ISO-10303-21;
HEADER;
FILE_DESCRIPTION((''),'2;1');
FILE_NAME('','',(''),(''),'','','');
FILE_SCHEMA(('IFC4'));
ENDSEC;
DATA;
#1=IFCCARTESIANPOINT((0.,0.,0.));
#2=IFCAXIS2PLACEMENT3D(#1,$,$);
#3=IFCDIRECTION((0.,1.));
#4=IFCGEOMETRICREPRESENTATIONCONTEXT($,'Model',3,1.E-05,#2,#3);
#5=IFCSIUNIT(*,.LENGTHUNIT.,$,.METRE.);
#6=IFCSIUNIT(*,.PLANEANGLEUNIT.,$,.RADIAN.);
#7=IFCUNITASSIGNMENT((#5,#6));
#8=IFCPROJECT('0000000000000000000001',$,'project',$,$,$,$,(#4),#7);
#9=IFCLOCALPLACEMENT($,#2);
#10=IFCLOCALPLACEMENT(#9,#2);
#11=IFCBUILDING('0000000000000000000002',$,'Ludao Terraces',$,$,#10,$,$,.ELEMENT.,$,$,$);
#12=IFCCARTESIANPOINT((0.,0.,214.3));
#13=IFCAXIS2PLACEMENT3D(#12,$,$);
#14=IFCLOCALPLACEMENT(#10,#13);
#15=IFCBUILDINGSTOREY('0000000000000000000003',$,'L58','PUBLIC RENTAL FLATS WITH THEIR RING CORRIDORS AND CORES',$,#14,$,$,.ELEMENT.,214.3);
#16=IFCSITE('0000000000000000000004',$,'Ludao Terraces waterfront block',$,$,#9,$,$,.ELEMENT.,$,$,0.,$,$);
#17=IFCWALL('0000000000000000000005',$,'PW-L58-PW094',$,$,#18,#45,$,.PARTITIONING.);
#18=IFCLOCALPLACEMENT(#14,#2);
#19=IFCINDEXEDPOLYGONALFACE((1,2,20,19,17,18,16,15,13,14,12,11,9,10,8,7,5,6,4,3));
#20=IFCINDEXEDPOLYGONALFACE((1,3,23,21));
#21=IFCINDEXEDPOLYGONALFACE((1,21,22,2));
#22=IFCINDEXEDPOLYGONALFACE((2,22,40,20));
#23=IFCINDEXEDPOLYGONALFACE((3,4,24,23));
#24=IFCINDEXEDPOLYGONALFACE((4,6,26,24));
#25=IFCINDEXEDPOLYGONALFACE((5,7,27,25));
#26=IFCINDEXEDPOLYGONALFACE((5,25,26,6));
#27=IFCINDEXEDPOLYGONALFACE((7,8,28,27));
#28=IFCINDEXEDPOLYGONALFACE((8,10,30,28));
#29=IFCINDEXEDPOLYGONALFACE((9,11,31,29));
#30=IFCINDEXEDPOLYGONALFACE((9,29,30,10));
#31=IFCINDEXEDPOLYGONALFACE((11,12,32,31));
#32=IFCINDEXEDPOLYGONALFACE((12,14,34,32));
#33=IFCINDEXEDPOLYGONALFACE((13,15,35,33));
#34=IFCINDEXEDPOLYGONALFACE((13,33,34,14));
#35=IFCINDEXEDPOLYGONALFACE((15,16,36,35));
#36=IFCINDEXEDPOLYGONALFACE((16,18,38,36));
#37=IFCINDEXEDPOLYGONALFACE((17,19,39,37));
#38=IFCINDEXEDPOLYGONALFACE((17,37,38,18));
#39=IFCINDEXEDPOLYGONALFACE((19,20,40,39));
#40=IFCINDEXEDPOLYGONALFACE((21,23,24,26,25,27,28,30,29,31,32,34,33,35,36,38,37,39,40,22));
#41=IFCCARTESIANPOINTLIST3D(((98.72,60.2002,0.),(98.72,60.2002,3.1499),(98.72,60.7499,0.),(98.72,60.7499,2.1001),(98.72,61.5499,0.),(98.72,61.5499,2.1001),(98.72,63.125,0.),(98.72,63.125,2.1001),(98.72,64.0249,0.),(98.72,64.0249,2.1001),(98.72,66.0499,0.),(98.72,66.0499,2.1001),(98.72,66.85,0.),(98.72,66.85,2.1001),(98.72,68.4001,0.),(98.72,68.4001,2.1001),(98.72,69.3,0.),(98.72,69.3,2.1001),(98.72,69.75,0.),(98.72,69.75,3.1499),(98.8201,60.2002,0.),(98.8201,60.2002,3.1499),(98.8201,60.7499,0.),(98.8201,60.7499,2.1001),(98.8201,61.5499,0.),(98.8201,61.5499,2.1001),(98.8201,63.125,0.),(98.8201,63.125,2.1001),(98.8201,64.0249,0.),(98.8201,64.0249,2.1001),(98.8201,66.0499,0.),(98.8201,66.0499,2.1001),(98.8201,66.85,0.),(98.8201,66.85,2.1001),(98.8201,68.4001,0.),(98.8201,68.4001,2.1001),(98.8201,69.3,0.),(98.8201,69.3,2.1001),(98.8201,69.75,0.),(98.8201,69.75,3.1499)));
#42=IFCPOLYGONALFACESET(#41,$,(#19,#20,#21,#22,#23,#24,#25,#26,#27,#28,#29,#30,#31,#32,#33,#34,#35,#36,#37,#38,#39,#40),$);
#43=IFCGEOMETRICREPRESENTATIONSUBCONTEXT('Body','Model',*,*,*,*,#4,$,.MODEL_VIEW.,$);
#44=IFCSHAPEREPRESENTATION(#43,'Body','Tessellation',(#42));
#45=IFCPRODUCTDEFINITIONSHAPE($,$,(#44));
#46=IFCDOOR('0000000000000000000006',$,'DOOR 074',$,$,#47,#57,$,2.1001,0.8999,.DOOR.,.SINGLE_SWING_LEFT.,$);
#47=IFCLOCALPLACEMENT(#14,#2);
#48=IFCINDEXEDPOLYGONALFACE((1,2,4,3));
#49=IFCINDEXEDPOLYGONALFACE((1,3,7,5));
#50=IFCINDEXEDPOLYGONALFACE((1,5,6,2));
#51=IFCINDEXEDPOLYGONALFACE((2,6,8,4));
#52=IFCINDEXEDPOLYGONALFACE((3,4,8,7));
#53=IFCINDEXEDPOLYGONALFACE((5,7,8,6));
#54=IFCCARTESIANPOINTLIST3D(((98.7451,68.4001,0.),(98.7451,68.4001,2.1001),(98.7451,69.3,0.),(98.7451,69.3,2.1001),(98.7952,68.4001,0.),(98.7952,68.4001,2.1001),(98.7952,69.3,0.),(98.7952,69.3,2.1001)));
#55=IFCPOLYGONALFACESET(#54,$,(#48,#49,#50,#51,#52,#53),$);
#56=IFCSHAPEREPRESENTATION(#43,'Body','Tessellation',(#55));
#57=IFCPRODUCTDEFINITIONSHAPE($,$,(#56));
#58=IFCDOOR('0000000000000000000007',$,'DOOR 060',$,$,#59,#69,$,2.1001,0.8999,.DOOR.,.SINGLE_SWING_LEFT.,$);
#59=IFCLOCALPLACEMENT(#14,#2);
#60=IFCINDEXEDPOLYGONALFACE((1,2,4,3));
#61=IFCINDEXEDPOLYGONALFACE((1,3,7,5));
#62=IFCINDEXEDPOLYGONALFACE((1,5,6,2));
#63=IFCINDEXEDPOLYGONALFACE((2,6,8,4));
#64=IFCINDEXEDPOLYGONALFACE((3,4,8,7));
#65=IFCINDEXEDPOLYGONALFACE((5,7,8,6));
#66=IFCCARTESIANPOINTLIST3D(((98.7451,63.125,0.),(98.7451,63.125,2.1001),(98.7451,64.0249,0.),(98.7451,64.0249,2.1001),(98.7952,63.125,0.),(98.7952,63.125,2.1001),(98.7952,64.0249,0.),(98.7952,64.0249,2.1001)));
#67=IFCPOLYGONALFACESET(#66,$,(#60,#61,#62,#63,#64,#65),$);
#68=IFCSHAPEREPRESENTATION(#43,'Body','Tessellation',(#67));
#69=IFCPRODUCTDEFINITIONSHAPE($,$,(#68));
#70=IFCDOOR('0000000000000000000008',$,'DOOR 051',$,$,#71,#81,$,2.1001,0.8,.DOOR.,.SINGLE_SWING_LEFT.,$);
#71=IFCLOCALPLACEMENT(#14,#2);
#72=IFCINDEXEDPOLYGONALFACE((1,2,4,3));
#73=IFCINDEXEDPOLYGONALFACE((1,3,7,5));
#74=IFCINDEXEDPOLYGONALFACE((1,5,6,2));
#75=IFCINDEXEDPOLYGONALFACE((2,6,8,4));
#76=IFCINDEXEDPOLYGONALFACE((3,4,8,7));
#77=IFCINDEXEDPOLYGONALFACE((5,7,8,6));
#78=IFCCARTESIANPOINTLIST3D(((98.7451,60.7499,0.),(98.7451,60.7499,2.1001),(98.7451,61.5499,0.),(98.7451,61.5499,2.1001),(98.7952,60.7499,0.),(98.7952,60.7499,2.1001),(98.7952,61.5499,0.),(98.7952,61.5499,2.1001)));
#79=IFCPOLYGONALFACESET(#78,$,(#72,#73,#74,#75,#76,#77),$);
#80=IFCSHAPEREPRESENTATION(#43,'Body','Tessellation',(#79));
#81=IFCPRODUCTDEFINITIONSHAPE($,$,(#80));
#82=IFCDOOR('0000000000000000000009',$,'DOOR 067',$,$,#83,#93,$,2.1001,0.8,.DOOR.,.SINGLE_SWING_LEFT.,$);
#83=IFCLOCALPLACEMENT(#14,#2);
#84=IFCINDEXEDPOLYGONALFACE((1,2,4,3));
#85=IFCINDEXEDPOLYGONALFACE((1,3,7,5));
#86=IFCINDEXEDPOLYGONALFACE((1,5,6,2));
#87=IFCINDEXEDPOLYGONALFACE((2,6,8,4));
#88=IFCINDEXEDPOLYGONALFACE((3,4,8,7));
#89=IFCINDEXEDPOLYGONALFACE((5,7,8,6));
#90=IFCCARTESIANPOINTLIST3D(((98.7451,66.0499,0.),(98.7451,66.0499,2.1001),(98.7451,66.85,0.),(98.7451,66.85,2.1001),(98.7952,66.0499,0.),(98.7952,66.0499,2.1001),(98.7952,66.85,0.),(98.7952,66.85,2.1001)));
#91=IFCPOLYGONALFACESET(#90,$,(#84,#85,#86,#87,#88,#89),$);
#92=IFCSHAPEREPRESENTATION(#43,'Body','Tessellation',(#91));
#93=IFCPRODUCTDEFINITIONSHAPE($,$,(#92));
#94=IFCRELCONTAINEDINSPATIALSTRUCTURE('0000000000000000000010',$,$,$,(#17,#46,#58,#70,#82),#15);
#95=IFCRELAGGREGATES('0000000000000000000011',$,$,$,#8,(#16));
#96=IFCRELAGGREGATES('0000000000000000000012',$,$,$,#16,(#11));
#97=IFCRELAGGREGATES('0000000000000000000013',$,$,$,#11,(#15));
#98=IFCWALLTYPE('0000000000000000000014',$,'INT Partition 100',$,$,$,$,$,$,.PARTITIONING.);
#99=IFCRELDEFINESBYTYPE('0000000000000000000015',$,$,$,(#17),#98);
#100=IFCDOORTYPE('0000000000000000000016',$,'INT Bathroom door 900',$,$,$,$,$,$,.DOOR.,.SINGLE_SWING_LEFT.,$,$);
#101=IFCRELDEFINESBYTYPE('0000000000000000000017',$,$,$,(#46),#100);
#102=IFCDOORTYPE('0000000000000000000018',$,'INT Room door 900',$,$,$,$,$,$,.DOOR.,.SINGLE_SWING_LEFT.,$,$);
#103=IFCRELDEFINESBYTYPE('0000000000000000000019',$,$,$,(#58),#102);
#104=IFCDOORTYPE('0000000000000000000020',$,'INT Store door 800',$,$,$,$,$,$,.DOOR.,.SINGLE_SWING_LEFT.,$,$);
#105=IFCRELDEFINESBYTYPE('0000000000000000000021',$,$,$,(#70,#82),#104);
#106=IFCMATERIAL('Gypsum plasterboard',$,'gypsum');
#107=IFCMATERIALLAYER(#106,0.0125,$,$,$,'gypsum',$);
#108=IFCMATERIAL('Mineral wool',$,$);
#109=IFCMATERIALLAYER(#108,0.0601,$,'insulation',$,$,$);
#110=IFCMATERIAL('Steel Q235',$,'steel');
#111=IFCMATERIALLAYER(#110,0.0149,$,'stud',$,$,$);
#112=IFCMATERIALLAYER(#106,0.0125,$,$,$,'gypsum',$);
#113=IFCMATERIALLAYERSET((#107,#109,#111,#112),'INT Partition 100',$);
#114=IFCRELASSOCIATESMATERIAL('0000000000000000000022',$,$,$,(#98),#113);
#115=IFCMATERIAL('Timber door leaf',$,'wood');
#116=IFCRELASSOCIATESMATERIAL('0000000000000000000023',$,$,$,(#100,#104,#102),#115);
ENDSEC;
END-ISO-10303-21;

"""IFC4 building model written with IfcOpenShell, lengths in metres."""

from ifc_helpers import new_model, si_unit, direction, frame, frame_2d, origin, place, context, subcontext, project, spatial, rectangle, extrude, material, layer, layer_set, type_object, element, fill, save


model = new_model("IFC4")

# Units and contexts
model_context = context("Model", 3, precision=1e-05, world=origin(), true_north=direction((0.0, 1.0)))
body_context = subcontext(model_context, "Body", "Model", "MODEL_VIEW")
ifc_project = project(units=[si_unit("LENGTHUNIT", "METRE"), si_unit("PLANEANGLEUNIT", "RADIAN")], contexts=[model_context])

# Site, building, storey
site_placement = place(None, origin())
site = spatial("IfcSite", under=ifc_project, at=site_placement, Name="Ludao Terraces waterfront block", CompositionType="ELEMENT", RefElevation=0.0)
building_placement = place(site_placement, origin())
building = spatial("IfcBuilding", under=site, at=building_placement, Name="Ludao Terraces", CompositionType="ELEMENT")
storey_placement = place(building_placement, frame((0.0, 0.0, 214.3)))
storey = spatial("IfcBuildingStorey", under=building, at=storey_placement, Name="L58", Description="PUBLIC RENTAL FLATS WITH THEIR RING CORRIDORS AND CORES", CompositionType="ELEMENT", Elevation=214.3)

# Shared definitions
ifc_material_1 = material(Name="Mineral wool")

# Shared definitions
ifc_material_2 = material(Name="Gypsum plasterboard", Category="gypsum")
ifc_layer_1 = layer(ifc_material_2, 0.0125, Category="gypsum")
ifc_layer_2 = layer(ifc_material_1, 0.0601, Name="insulation")
ifc_material_3 = material(Name="Steel Q235", Category="steel")
ifc_layer_3 = layer(ifc_material_3, 0.0149, Name="stud")
ifc_layer_4 = layer(ifc_material_2, 0.0125, Category="gypsum")
ifc_layer_set_1 = layer_set([ifc_layer_1, ifc_layer_2, ifc_layer_3, ifc_layer_4], Name="INT Partition 100")
wall_type_1 = type_object("IfcWallType", Name="INT Partition 100", PredefinedType="PARTITIONING", material=ifc_layer_set_1)

# Wall, openings, doors
ifc_material_4 = material(Name="Timber door leaf", Category="wood")
door_type_1 = type_object("IfcDoorType", Name="INT Bathroom door 900", OperationType="SINGLE_SWING_LEFT", PredefinedType="DOOR", material=ifc_material_4)
door_type_2 = type_object("IfcDoorType", Name="INT Store door 800", OperationType="SINGLE_SWING_LEFT", PredefinedType="DOOR", material=ifc_material_4)
wall_1_placement = place(storey_placement, frame((98.77, 60.2002, 0.0), z_axis=(0.0, 0.0, 1.0), x_axis=(0.0, 1.0, 0.0)))
wall_1 = element("IfcWall", 1, at=wall_1_placement, inside=storey, type_object=wall_type_1, Name="PW-L58-PW094", PredefinedType="PARTITIONING", context=body_context, shape_type="SweptSolid", body=[
    extrude(rectangle(XDim=9.5498, YDim=0.1001, at=frame_2d((4.7749, 0.0))), origin(), (0.0, 0.0, 1.0), 3.1499),
])
opening_1_placement = place(wall_1_placement, frame((0.5498, 0.0, 0.0)))
opening_1 = element("IfcOpeningElement", 2, at=opening_1_placement, cuts=wall_1, PredefinedType="OPENING", context=body_context, shape_type="SweptSolid", body=[
    extrude(rectangle(XDim=0.8, YDim=2.1001, at=frame_2d((0.3999, 1.05))), frame((0.0, 0.0601, 0.0), z_axis=(0.0, -1.0, 0.0), x_axis=(1.0, 0.0, 0.0)), (0.0, 0.0, 1.0), 0.1201),
])
opening_2_placement = place(wall_1_placement, frame((2.9248, 0.0, 0.0)))
opening_2 = element("IfcOpeningElement", 3, at=opening_2_placement, cuts=wall_1, PredefinedType="OPENING", context=body_context, shape_type="SweptSolid", body=[
    extrude(rectangle(XDim=0.8999, YDim=2.1001, at=frame_2d((0.45, 1.05))), frame((0.0, 0.0601, 0.0), z_axis=(0.0, -1.0, 0.0), x_axis=(1.0, 0.0, 0.0)), (0.0, 0.0, 1.0), 0.1201),
])
opening_3_placement = place(wall_1_placement, frame((5.8499, 0.0, 0.0)))
opening_3 = element("IfcOpeningElement", 4, at=opening_3_placement, cuts=wall_1, PredefinedType="OPENING", context=body_context, shape_type="SweptSolid", body=[
    extrude(rectangle(XDim=0.8, YDim=2.1001, at=frame_2d((0.3999, 1.05))), frame((0.0, 0.0601, 0.0), z_axis=(0.0, -1.0, 0.0), x_axis=(1.0, 0.0, 0.0)), (0.0, 0.0, 1.0), 0.1201),
])
opening_4_placement = place(wall_1_placement, frame((8.2, 0.0, 0.0)))
opening_4 = element("IfcOpeningElement", 5, at=opening_4_placement, cuts=wall_1, PredefinedType="OPENING", context=body_context, shape_type="SweptSolid", body=[
    extrude(rectangle(XDim=0.8999, YDim=2.1001, at=frame_2d((0.45, 1.05))), frame((0.0, 0.0601, 0.0), z_axis=(0.0, -1.0, 0.0), x_axis=(1.0, 0.0, 0.0)), (0.0, 0.0, 1.0), 0.1201),
])
door_1_placement = place(opening_4_placement, origin())
door_1 = element("IfcDoor", 6, at=door_1_placement, inside=storey, type_object=door_type_1, Name="DOOR 074", OperationType="SINGLE_SWING_LEFT", OverallHeight=2.1001, OverallWidth=0.8999, PredefinedType="DOOR", context=body_context, shape_type="SweptSolid", body=[
    extrude(rectangle(XDim=0.8999, YDim=2.1001, at=frame_2d((0.45, 1.05))), frame((0.0, 0.0249, 0.0), z_axis=(0.0, -1.0, 0.0), x_axis=(1.0, 0.0, 0.0)), (0.0, 0.0, 1.0), 0.05),
])
fill(opening_4, door_1)
door_type_3 = type_object("IfcDoorType", Name="INT Room door 900", OperationType="SINGLE_SWING_LEFT", PredefinedType="DOOR", material=ifc_material_4)
door_2_placement = place(opening_2_placement, origin())
door_2 = element("IfcDoor", 7, at=door_2_placement, inside=storey, type_object=door_type_3, Name="DOOR 060", OperationType="SINGLE_SWING_LEFT", OverallHeight=2.1001, OverallWidth=0.8999, PredefinedType="DOOR", context=body_context, shape_type="SweptSolid", body=[
    extrude(rectangle(XDim=0.8999, YDim=2.1001, at=frame_2d((0.45, 1.05))), frame((0.0, 0.0249, 0.0), z_axis=(0.0, -1.0, 0.0), x_axis=(1.0, 0.0, 0.0)), (0.0, 0.0, 1.0), 0.05),
])
fill(opening_2, door_2)
door_3_placement = place(opening_1_placement, origin())
door_3 = element("IfcDoor", 8, at=door_3_placement, inside=storey, type_object=door_type_2, Name="DOOR 051", OperationType="SINGLE_SWING_LEFT", OverallHeight=2.1001, OverallWidth=0.8, PredefinedType="DOOR", context=body_context, shape_type="SweptSolid", body=[
    extrude(rectangle(XDim=0.8, YDim=2.1001, at=frame_2d((0.3999, 1.05))), frame((0.0, 0.0249, 0.0), z_axis=(0.0, -1.0, 0.0), x_axis=(1.0, 0.0, 0.0)), (0.0, 0.0, 1.0), 0.05),
])
fill(opening_1, door_3)
door_4_placement = place(opening_3_placement, origin())
door_4 = element("IfcDoor", 9, at=door_4_placement, inside=storey, type_object=door_type_2, Name="DOOR 067", OperationType="SINGLE_SWING_LEFT", OverallHeight=2.1001, OverallWidth=0.8, PredefinedType="DOOR", context=body_context, shape_type="SweptSolid", body=[
    extrude(rectangle(XDim=0.8, YDim=2.1001, at=frame_2d((0.3999, 1.05))), frame((0.0, 0.0249, 0.0), z_axis=(0.0, -1.0, 0.0), x_axis=(1.0, 0.0, 0.0)), (0.0, 0.0, 1.0), 0.05),
])
fill(opening_3, door_4)

save(model, "model.ifc")
